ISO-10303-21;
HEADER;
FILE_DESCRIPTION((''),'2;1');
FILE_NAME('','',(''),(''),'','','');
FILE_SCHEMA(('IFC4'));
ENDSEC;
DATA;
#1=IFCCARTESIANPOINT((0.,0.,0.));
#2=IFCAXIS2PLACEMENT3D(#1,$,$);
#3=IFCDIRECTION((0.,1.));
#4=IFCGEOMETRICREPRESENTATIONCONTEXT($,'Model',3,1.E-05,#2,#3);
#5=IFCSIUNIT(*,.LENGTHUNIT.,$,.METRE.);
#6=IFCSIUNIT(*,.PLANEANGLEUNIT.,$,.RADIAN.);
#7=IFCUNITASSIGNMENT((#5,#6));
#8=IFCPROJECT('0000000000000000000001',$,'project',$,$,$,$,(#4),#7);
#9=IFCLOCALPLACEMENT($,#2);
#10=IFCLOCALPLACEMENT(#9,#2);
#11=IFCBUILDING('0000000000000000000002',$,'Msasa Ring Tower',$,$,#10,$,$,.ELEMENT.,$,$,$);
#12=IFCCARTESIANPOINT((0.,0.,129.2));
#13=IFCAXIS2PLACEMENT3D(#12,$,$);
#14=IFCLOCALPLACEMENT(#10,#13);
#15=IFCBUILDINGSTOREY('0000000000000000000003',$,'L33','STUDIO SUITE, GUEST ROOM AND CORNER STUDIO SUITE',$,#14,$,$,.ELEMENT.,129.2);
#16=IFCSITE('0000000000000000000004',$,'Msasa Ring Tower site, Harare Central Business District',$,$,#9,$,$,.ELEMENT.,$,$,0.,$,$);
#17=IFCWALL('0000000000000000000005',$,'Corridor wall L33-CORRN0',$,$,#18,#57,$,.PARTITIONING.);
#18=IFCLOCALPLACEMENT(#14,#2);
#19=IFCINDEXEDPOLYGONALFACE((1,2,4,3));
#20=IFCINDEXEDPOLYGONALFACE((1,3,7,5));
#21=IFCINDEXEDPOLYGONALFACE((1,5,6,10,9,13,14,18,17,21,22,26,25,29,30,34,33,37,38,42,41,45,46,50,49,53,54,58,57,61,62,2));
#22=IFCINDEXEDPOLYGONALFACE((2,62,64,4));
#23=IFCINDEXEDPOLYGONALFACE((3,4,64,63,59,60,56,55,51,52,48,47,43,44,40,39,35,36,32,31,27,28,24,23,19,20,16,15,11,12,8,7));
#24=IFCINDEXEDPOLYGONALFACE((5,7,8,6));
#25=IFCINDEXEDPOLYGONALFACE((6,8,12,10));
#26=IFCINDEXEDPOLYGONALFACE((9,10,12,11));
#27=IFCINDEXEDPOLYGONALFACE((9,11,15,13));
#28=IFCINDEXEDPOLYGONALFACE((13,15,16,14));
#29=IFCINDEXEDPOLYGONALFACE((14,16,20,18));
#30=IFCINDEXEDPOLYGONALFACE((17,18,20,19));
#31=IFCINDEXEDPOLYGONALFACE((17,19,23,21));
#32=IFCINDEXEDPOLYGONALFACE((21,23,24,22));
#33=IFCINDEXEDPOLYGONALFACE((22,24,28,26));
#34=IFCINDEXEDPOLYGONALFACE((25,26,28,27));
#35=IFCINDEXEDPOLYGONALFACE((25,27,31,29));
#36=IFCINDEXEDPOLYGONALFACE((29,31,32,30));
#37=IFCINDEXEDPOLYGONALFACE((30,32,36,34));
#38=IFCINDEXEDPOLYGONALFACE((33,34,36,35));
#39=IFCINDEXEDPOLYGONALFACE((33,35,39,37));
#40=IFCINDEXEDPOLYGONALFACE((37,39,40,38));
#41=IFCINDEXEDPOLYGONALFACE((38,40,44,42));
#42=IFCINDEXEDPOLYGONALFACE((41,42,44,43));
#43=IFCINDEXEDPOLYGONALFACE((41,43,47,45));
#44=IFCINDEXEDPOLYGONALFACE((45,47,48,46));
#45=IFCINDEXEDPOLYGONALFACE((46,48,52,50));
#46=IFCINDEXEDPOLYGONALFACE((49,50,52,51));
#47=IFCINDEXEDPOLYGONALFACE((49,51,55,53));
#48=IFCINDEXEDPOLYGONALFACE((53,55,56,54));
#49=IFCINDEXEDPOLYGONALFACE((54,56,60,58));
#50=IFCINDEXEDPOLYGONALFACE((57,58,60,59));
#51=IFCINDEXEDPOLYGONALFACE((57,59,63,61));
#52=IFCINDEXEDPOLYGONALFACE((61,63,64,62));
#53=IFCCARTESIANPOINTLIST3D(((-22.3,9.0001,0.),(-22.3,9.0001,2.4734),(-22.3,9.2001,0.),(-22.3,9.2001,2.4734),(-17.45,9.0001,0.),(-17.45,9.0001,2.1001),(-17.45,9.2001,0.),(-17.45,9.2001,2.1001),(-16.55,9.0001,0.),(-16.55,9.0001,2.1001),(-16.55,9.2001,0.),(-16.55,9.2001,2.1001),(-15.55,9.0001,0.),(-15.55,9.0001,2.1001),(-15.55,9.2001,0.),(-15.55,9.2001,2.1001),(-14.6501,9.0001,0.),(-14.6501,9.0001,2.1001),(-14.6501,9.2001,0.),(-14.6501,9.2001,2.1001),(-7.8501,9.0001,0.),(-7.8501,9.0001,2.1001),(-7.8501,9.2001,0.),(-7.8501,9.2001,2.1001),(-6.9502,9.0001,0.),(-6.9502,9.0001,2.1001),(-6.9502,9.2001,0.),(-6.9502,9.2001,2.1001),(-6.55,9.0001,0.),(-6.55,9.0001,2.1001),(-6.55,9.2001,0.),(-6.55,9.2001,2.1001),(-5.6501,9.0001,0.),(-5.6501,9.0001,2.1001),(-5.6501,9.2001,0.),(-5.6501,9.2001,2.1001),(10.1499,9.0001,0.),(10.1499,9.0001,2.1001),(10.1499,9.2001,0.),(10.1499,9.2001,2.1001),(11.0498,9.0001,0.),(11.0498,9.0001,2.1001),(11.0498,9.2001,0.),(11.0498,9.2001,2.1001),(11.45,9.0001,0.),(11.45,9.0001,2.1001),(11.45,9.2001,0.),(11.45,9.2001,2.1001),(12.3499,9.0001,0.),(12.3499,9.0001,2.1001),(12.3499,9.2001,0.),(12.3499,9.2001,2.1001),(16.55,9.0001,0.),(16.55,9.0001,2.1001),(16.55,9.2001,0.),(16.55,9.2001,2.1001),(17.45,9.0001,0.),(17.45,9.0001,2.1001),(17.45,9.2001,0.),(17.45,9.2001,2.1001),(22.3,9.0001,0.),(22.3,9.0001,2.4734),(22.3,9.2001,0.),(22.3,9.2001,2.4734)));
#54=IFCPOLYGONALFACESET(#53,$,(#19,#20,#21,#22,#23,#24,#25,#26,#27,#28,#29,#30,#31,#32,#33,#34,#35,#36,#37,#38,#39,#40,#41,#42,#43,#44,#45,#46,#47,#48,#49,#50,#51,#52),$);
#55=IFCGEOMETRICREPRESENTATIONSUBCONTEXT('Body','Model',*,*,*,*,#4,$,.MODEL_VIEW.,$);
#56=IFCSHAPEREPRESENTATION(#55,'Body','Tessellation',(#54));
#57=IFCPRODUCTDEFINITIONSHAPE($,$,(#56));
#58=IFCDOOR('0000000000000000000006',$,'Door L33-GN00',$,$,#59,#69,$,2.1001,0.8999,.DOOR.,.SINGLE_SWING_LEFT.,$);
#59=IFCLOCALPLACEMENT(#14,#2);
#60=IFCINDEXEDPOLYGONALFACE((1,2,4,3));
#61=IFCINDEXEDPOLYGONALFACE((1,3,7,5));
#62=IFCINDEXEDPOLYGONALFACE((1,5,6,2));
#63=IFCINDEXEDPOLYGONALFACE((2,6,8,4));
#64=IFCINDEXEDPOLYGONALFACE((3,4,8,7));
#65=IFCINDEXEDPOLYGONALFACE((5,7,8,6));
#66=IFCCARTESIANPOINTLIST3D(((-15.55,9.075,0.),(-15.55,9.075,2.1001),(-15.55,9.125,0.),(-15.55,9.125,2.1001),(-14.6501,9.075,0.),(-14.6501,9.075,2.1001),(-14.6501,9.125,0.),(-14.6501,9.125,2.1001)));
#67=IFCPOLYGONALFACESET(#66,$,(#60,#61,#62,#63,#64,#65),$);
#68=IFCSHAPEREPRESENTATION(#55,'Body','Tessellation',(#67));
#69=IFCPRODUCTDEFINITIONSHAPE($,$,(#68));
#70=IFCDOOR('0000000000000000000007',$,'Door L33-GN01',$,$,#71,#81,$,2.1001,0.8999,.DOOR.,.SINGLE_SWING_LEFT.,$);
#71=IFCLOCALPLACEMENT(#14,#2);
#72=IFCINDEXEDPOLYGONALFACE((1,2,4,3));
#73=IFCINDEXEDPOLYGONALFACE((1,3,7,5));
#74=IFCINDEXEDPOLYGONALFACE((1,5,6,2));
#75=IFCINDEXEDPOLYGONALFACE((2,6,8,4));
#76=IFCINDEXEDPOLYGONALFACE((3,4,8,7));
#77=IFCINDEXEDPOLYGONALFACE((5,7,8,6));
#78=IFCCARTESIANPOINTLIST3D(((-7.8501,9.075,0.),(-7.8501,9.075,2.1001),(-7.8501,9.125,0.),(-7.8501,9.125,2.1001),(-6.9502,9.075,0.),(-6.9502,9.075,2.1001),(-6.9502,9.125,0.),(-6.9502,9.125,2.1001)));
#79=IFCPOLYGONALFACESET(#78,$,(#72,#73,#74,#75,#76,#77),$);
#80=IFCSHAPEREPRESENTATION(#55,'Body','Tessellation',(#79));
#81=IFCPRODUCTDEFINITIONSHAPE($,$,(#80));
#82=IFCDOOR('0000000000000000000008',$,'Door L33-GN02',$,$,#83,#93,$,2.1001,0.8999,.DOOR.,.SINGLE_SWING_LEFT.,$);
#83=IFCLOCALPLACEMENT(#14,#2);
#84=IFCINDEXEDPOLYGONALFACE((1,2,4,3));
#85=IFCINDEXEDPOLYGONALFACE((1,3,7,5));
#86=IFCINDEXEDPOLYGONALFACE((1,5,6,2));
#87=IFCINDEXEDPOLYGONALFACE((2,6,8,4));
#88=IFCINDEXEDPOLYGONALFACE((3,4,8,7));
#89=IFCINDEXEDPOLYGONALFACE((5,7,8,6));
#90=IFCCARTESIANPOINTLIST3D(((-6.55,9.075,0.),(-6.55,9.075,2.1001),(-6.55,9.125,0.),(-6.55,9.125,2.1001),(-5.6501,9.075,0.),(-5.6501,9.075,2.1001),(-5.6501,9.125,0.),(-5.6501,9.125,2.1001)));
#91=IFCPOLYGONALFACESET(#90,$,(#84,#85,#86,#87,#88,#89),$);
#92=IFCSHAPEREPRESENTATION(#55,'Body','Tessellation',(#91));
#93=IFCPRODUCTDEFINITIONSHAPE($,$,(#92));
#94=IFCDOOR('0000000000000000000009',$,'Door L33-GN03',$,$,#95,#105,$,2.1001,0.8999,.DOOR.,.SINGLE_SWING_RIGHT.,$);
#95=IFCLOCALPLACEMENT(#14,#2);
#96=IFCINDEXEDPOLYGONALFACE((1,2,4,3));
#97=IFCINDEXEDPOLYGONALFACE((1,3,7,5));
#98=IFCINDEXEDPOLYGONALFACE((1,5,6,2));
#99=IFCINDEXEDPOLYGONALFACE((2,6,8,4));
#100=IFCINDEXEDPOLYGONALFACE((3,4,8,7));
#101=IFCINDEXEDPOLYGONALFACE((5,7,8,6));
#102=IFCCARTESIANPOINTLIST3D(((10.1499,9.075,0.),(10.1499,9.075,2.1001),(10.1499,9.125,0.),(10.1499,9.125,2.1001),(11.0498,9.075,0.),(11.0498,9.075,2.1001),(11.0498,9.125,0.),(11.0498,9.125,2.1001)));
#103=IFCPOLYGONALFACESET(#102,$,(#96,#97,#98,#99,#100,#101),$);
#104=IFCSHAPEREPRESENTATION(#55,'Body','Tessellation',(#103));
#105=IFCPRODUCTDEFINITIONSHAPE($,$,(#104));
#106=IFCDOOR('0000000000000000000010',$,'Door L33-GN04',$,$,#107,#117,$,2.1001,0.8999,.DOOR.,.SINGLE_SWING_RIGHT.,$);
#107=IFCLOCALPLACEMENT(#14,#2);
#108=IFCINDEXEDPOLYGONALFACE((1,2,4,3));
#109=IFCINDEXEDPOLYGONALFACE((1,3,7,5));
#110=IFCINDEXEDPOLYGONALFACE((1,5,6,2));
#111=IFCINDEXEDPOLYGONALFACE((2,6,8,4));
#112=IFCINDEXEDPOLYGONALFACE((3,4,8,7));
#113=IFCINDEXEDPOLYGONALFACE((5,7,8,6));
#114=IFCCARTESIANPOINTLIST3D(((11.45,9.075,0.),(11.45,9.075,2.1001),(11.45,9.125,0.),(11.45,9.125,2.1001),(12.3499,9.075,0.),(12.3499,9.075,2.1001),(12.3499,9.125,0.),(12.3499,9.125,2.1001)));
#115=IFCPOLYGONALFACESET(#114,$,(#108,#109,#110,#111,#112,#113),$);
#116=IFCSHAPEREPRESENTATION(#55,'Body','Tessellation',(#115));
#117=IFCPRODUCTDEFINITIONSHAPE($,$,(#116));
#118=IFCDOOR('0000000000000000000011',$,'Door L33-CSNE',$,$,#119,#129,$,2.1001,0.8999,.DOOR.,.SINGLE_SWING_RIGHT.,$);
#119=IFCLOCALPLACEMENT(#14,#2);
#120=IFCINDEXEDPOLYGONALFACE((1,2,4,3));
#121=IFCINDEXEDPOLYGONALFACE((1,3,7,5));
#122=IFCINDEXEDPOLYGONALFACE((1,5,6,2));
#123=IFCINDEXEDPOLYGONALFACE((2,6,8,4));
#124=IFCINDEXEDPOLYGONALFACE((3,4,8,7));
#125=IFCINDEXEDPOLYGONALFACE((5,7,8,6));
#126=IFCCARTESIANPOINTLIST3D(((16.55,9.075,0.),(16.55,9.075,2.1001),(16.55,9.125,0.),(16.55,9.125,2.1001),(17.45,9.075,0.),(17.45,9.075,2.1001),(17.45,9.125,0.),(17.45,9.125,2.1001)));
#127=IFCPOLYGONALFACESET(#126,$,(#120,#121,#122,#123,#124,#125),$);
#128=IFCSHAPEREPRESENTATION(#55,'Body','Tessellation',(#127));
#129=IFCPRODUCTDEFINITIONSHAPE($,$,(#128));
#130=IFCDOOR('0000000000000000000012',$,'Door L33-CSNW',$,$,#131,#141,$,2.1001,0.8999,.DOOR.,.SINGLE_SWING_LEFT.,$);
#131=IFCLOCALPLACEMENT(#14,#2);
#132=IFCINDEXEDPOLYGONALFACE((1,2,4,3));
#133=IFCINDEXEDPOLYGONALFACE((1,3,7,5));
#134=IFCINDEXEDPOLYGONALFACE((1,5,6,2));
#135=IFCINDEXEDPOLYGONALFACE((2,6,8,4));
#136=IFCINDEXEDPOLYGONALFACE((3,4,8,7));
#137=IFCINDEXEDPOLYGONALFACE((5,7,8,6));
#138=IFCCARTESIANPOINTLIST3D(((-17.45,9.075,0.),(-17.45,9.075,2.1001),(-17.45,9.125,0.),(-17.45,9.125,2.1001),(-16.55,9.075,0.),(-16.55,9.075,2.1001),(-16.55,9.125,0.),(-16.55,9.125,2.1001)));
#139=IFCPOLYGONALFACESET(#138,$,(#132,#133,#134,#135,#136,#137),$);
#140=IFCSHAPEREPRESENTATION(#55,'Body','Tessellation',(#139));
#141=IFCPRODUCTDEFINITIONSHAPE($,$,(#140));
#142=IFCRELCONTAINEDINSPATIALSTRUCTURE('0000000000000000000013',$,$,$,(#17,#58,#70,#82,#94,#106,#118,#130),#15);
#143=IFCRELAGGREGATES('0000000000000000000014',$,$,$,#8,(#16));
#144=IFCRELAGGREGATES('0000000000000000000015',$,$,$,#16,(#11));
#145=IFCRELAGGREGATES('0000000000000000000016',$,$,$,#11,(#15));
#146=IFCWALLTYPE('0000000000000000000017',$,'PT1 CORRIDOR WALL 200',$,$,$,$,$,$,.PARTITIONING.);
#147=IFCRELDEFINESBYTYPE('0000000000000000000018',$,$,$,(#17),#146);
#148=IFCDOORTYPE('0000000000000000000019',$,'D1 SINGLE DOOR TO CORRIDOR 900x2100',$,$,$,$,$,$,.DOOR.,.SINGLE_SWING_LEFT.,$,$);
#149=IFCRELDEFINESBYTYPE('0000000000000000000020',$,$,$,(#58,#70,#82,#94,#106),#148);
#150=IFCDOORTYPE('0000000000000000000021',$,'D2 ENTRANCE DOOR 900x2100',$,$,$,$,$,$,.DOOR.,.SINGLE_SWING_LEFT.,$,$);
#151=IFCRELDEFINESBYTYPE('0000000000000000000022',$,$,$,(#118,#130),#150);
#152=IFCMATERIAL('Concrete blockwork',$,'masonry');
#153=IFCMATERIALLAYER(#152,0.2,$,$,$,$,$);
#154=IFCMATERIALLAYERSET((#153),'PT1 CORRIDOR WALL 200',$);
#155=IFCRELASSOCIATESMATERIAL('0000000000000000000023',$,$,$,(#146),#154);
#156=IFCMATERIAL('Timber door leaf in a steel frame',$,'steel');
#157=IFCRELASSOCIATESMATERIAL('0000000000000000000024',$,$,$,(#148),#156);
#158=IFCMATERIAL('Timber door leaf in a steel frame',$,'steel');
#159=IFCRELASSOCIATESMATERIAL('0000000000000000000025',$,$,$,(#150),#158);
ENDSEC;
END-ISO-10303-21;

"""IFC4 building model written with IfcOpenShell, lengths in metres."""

from ifc_helpers import new_model, si_unit, direction, frame, frame_2d, origin, place, context, subcontext, project, spatial, rectangle, extrude, material, layer, layer_set, type_object, element, fill, save


model = new_model("IFC4")

# Units and contexts
model_context = context("Model", 3, precision=1e-05, world=origin(), true_north=direction((0.0, 1.0)))
body_context = subcontext(model_context, "Body", "Model", "MODEL_VIEW")
ifc_project = project(units=[si_unit("LENGTHUNIT", "METRE"), si_unit("PLANEANGLEUNIT", "RADIAN")], contexts=[model_context])

# Site, building, storey
site_placement = place(None, origin())
site = spatial("IfcSite", under=ifc_project, at=site_placement, Name="Msasa Ring Tower site, Harare Central Business District", CompositionType="ELEMENT", RefElevation=0.0)
building_placement = place(site_placement, origin())
building = spatial("IfcBuilding", under=site, at=building_placement, Name="Msasa Ring Tower", CompositionType="ELEMENT")
storey_placement = place(building_placement, frame((0.0, 0.0, 129.2)))
storey = spatial("IfcBuildingStorey", under=building, at=storey_placement, Name="L33", Description="STUDIO SUITE, GUEST ROOM AND CORNER STUDIO SUITE", CompositionType="ELEMENT", Elevation=129.2)

# Wall, openings, doors
ifc_material_1 = material(Name="Concrete blockwork", Category="masonry")
ifc_layer_1 = layer(ifc_material_1, 0.2)
ifc_layer_set_1 = layer_set([ifc_layer_1], Name="PT1 CORRIDOR WALL 200")
wall_type_1 = type_object("IfcWallType", Name="PT1 CORRIDOR WALL 200", PredefinedType="PARTITIONING", material=ifc_layer_set_1)
wall_1_placement = place(storey_placement, frame((-22.3, 9.1001, 0.0), z_axis=(0.0, 0.0, 1.0), x_axis=(1.0, 0.0, 0.0)))
wall_1 = element("IfcWall", 1, at=wall_1_placement, inside=storey, type_object=wall_type_1, Name="Corridor wall L33-CORRN0", PredefinedType="PARTITIONING", context=body_context, shape_type="SweptSolid", body=[
    extrude(rectangle(XDim=44.6001, YDim=0.2, at=frame_2d((22.3, 0.0))), origin(), (0.0, 0.0, 1.0), 2.4734),
])
opening_1_placement = place(wall_1_placement, frame((6.75, 0.0, 0.0)))
opening_1 = element("IfcOpeningElement", 2, at=opening_1_placement, cuts=wall_1, PredefinedType="OPENING", context=body_context, shape_type="SweptSolid", body=[
    extrude(rectangle(XDim=0.8999, YDim=2.1001, at=frame_2d((0.45, 1.05))), frame((0.0, 0.1099, 0.0), z_axis=(0.0, -1.0, 0.0), x_axis=(1.0, 0.0, 0.0)), (0.0, 0.0, 1.0), 0.22),
])
opening_2_placement = place(wall_1_placement, frame((14.45, 0.0, 0.0)))
opening_2 = element("IfcOpeningElement", 3, at=opening_2_placement, cuts=wall_1, PredefinedType="OPENING", context=body_context, shape_type="SweptSolid", body=[
    extrude(rectangle(XDim=0.8999, YDim=2.1001, at=frame_2d((0.45, 1.05))), frame((0.0, 0.1099, 0.0), z_axis=(0.0, -1.0, 0.0), x_axis=(1.0, 0.0, 0.0)), (0.0, 0.0, 1.0), 0.22),
])
opening_3_placement = place(wall_1_placement, frame((15.75, 0.0, 0.0)))
opening_3 = element("IfcOpeningElement", 4, at=opening_3_placement, cuts=wall_1, PredefinedType="OPENING", context=body_context, shape_type="SweptSolid", body=[
    extrude(rectangle(XDim=0.8999, YDim=2.1001, at=frame_2d((0.45, 1.05))), frame((0.0, 0.1099, 0.0), z_axis=(0.0, -1.0, 0.0), x_axis=(1.0, 0.0, 0.0)), (0.0, 0.0, 1.0), 0.22),
])
opening_4_placement = place(wall_1_placement, frame((32.45, 0.0, 0.0)))
opening_4 = element("IfcOpeningElement", 5, at=opening_4_placement, cuts=wall_1, PredefinedType="OPENING", context=body_context, shape_type="SweptSolid", body=[
    extrude(rectangle(XDim=0.8999, YDim=2.1001, at=frame_2d((0.45, 1.05))), frame((0.0, 0.1099, 0.0), z_axis=(0.0, -1.0, 0.0), x_axis=(1.0, 0.0, 0.0)), (0.0, 0.0, 1.0), 0.22),
])
opening_5_placement = place(wall_1_placement, frame((33.75, 0.0, 0.0)))
opening_5 = element("IfcOpeningElement", 6, at=opening_5_placement, cuts=wall_1, PredefinedType="OPENING", context=body_context, shape_type="SweptSolid", body=[
    extrude(rectangle(XDim=0.8999, YDim=2.1001, at=frame_2d((0.45, 1.05))), frame((0.0, 0.1099, 0.0), z_axis=(0.0, -1.0, 0.0), x_axis=(1.0, 0.0, 0.0)), (0.0, 0.0, 1.0), 0.22),
])
opening_6_placement = place(wall_1_placement, frame((38.8501, 0.0, 0.0)))
opening_6 = element("IfcOpeningElement", 7, at=opening_6_placement, cuts=wall_1, PredefinedType="OPENING", context=body_context, shape_type="SweptSolid", body=[
    extrude(rectangle(XDim=0.8999, YDim=2.1001, at=frame_2d((0.45, 1.05))), frame((0.0, 0.1099, 0.0), z_axis=(0.0, -1.0, 0.0), x_axis=(1.0, 0.0, 0.0)), (0.0, 0.0, 1.0), 0.22),
])
opening_7_placement = place(wall_1_placement, frame((4.8501, 0.0, 0.0)))
opening_7 = element("IfcOpeningElement", 8, at=opening_7_placement, cuts=wall_1, PredefinedType="OPENING", context=body_context, shape_type="SweptSolid", body=[
    extrude(rectangle(XDim=0.8999, YDim=2.1001, at=frame_2d((0.45, 1.05))), frame((0.0, 0.1099, 0.0), z_axis=(0.0, -1.0, 0.0), x_axis=(1.0, 0.0, 0.0)), (0.0, 0.0, 1.0), 0.22),
])
ifc_material_2 = material(Name="Timber door leaf in a steel frame", Category="steel")
door_type_1 = type_object("IfcDoorType", Name="D1 SINGLE DOOR TO CORRIDOR 900x2100", OperationType="SINGLE_SWING_LEFT", PredefinedType="DOOR", material=ifc_material_2)
door_1_placement = place(opening_1_placement, origin())
door_1 = element("IfcDoor", 9, at=door_1_placement, inside=storey, type_object=door_type_1, Name="Door L33-GN00", OperationType="SINGLE_SWING_LEFT", OverallHeight=2.1001, OverallWidth=0.8999, PredefinedType="DOOR", context=body_context, shape_type="SweptSolid", body=[
    extrude(rectangle(XDim=0.8999, YDim=2.1001, at=frame_2d((0.45, 1.05))), frame((0.0, 0.0249, 0.0), z_axis=(0.0, -1.0, 0.0), x_axis=(1.0, 0.0, 0.0)), (0.0, 0.0, 1.0), 0.05),
])
fill(opening_1, door_1)
door_2_placement = place(opening_2_placement, origin())
door_2 = element("IfcDoor", 10, at=door_2_placement, inside=storey, type_object=door_type_1, Name="Door L33-GN01", OperationType="SINGLE_SWING_LEFT", OverallHeight=2.1001, OverallWidth=0.8999, PredefinedType="DOOR", context=body_context, shape_type="SweptSolid", body=[
    extrude(rectangle(XDim=0.8999, YDim=2.1001, at=frame_2d((0.45, 1.05))), frame((0.0, 0.0249, 0.0), z_axis=(0.0, -1.0, 0.0), x_axis=(1.0, 0.0, 0.0)), (0.0, 0.0, 1.0), 0.05),
])
fill(opening_2, door_2)
door_3_placement = place(opening_3_placement, origin())
door_3 = element("IfcDoor", 11, at=door_3_placement, inside=storey, type_object=door_type_1, Name="Door L33-GN02", OperationType="SINGLE_SWING_LEFT", OverallHeight=2.1001, OverallWidth=0.8999, PredefinedType="DOOR", context=body_context, shape_type="SweptSolid", body=[
    extrude(rectangle(XDim=0.8999, YDim=2.1001, at=frame_2d((0.45, 1.05))), frame((0.0, 0.0249, 0.0), z_axis=(0.0, -1.0, 0.0), x_axis=(1.0, 0.0, 0.0)), (0.0, 0.0, 1.0), 0.05),
])
fill(opening_3, door_3)
door_4_placement = place(opening_4_placement, origin())
door_4 = element("IfcDoor", 12, at=door_4_placement, inside=storey, type_object=door_type_1, Name="Door L33-GN03", OperationType="SINGLE_SWING_RIGHT", OverallHeight=2.1001, OverallWidth=0.8999, PredefinedType="DOOR", context=body_context, shape_type="SweptSolid", body=[
    extrude(rectangle(XDim=0.8999, YDim=2.1001, at=frame_2d((0.45, 1.05))), frame((0.0, 0.0249, 0.0), z_axis=(0.0, -1.0, 0.0), x_axis=(1.0, 0.0, 0.0)), (0.0, 0.0, 1.0), 0.05),
])
fill(opening_4, door_4)
door_5_placement = place(opening_5_placement, origin())
door_5 = element("IfcDoor", 13, at=door_5_placement, inside=storey, type_object=door_type_1, Name="Door L33-GN04", OperationType="SINGLE_SWING_RIGHT", OverallHeight=2.1001, OverallWidth=0.8999, PredefinedType="DOOR", context=body_context, shape_type="SweptSolid", body=[
    extrude(rectangle(XDim=0.8999, YDim=2.1001, at=frame_2d((0.45, 1.05))), frame((0.0, 0.0249, 0.0), z_axis=(0.0, -1.0, 0.0), x_axis=(1.0, 0.0, 0.0)), (0.0, 0.0, 1.0), 0.05),
])
fill(opening_5, door_5)
ifc_material_3 = material(Name="Timber door leaf in a steel frame", Category="steel")
door_type_2 = type_object("IfcDoorType", Name="D2 ENTRANCE DOOR 900x2100", OperationType="SINGLE_SWING_LEFT", PredefinedType="DOOR", material=ifc_material_3)
door_6_placement = place(opening_6_placement, origin())
door_6 = element("IfcDoor", 14, at=door_6_placement, inside=storey, type_object=door_type_2, Name="Door L33-CSNE", OperationType="SINGLE_SWING_RIGHT", OverallHeight=2.1001, OverallWidth=0.8999, PredefinedType="DOOR", context=body_context, shape_type="SweptSolid", body=[
    extrude(rectangle(XDim=0.8999, YDim=2.1001, at=frame_2d((0.45, 1.05))), frame((0.0, 0.0249, 0.0), z_axis=(0.0, -1.0, 0.0), x_axis=(1.0, 0.0, 0.0)), (0.0, 0.0, 1.0), 0.05),
])
fill(opening_6, door_6)
door_7_placement = place(opening_7_placement, origin())
door_7 = element("IfcDoor", 15, at=door_7_placement, inside=storey, type_object=door_type_2, Name="Door L33-CSNW", OperationType="SINGLE_SWING_LEFT", OverallHeight=2.1001, OverallWidth=0.8999, PredefinedType="DOOR", context=body_context, shape_type="SweptSolid", body=[
    extrude(rectangle(XDim=0.8999, YDim=2.1001, at=frame_2d((0.45, 1.05))), frame((0.0, 0.0249, 0.0), z_axis=(0.0, -1.0, 0.0), x_axis=(1.0, 0.0, 0.0)), (0.0, 0.0, 1.0), 0.05),
])
fill(opening_7, door_7)

save(model, "model.ifc")
